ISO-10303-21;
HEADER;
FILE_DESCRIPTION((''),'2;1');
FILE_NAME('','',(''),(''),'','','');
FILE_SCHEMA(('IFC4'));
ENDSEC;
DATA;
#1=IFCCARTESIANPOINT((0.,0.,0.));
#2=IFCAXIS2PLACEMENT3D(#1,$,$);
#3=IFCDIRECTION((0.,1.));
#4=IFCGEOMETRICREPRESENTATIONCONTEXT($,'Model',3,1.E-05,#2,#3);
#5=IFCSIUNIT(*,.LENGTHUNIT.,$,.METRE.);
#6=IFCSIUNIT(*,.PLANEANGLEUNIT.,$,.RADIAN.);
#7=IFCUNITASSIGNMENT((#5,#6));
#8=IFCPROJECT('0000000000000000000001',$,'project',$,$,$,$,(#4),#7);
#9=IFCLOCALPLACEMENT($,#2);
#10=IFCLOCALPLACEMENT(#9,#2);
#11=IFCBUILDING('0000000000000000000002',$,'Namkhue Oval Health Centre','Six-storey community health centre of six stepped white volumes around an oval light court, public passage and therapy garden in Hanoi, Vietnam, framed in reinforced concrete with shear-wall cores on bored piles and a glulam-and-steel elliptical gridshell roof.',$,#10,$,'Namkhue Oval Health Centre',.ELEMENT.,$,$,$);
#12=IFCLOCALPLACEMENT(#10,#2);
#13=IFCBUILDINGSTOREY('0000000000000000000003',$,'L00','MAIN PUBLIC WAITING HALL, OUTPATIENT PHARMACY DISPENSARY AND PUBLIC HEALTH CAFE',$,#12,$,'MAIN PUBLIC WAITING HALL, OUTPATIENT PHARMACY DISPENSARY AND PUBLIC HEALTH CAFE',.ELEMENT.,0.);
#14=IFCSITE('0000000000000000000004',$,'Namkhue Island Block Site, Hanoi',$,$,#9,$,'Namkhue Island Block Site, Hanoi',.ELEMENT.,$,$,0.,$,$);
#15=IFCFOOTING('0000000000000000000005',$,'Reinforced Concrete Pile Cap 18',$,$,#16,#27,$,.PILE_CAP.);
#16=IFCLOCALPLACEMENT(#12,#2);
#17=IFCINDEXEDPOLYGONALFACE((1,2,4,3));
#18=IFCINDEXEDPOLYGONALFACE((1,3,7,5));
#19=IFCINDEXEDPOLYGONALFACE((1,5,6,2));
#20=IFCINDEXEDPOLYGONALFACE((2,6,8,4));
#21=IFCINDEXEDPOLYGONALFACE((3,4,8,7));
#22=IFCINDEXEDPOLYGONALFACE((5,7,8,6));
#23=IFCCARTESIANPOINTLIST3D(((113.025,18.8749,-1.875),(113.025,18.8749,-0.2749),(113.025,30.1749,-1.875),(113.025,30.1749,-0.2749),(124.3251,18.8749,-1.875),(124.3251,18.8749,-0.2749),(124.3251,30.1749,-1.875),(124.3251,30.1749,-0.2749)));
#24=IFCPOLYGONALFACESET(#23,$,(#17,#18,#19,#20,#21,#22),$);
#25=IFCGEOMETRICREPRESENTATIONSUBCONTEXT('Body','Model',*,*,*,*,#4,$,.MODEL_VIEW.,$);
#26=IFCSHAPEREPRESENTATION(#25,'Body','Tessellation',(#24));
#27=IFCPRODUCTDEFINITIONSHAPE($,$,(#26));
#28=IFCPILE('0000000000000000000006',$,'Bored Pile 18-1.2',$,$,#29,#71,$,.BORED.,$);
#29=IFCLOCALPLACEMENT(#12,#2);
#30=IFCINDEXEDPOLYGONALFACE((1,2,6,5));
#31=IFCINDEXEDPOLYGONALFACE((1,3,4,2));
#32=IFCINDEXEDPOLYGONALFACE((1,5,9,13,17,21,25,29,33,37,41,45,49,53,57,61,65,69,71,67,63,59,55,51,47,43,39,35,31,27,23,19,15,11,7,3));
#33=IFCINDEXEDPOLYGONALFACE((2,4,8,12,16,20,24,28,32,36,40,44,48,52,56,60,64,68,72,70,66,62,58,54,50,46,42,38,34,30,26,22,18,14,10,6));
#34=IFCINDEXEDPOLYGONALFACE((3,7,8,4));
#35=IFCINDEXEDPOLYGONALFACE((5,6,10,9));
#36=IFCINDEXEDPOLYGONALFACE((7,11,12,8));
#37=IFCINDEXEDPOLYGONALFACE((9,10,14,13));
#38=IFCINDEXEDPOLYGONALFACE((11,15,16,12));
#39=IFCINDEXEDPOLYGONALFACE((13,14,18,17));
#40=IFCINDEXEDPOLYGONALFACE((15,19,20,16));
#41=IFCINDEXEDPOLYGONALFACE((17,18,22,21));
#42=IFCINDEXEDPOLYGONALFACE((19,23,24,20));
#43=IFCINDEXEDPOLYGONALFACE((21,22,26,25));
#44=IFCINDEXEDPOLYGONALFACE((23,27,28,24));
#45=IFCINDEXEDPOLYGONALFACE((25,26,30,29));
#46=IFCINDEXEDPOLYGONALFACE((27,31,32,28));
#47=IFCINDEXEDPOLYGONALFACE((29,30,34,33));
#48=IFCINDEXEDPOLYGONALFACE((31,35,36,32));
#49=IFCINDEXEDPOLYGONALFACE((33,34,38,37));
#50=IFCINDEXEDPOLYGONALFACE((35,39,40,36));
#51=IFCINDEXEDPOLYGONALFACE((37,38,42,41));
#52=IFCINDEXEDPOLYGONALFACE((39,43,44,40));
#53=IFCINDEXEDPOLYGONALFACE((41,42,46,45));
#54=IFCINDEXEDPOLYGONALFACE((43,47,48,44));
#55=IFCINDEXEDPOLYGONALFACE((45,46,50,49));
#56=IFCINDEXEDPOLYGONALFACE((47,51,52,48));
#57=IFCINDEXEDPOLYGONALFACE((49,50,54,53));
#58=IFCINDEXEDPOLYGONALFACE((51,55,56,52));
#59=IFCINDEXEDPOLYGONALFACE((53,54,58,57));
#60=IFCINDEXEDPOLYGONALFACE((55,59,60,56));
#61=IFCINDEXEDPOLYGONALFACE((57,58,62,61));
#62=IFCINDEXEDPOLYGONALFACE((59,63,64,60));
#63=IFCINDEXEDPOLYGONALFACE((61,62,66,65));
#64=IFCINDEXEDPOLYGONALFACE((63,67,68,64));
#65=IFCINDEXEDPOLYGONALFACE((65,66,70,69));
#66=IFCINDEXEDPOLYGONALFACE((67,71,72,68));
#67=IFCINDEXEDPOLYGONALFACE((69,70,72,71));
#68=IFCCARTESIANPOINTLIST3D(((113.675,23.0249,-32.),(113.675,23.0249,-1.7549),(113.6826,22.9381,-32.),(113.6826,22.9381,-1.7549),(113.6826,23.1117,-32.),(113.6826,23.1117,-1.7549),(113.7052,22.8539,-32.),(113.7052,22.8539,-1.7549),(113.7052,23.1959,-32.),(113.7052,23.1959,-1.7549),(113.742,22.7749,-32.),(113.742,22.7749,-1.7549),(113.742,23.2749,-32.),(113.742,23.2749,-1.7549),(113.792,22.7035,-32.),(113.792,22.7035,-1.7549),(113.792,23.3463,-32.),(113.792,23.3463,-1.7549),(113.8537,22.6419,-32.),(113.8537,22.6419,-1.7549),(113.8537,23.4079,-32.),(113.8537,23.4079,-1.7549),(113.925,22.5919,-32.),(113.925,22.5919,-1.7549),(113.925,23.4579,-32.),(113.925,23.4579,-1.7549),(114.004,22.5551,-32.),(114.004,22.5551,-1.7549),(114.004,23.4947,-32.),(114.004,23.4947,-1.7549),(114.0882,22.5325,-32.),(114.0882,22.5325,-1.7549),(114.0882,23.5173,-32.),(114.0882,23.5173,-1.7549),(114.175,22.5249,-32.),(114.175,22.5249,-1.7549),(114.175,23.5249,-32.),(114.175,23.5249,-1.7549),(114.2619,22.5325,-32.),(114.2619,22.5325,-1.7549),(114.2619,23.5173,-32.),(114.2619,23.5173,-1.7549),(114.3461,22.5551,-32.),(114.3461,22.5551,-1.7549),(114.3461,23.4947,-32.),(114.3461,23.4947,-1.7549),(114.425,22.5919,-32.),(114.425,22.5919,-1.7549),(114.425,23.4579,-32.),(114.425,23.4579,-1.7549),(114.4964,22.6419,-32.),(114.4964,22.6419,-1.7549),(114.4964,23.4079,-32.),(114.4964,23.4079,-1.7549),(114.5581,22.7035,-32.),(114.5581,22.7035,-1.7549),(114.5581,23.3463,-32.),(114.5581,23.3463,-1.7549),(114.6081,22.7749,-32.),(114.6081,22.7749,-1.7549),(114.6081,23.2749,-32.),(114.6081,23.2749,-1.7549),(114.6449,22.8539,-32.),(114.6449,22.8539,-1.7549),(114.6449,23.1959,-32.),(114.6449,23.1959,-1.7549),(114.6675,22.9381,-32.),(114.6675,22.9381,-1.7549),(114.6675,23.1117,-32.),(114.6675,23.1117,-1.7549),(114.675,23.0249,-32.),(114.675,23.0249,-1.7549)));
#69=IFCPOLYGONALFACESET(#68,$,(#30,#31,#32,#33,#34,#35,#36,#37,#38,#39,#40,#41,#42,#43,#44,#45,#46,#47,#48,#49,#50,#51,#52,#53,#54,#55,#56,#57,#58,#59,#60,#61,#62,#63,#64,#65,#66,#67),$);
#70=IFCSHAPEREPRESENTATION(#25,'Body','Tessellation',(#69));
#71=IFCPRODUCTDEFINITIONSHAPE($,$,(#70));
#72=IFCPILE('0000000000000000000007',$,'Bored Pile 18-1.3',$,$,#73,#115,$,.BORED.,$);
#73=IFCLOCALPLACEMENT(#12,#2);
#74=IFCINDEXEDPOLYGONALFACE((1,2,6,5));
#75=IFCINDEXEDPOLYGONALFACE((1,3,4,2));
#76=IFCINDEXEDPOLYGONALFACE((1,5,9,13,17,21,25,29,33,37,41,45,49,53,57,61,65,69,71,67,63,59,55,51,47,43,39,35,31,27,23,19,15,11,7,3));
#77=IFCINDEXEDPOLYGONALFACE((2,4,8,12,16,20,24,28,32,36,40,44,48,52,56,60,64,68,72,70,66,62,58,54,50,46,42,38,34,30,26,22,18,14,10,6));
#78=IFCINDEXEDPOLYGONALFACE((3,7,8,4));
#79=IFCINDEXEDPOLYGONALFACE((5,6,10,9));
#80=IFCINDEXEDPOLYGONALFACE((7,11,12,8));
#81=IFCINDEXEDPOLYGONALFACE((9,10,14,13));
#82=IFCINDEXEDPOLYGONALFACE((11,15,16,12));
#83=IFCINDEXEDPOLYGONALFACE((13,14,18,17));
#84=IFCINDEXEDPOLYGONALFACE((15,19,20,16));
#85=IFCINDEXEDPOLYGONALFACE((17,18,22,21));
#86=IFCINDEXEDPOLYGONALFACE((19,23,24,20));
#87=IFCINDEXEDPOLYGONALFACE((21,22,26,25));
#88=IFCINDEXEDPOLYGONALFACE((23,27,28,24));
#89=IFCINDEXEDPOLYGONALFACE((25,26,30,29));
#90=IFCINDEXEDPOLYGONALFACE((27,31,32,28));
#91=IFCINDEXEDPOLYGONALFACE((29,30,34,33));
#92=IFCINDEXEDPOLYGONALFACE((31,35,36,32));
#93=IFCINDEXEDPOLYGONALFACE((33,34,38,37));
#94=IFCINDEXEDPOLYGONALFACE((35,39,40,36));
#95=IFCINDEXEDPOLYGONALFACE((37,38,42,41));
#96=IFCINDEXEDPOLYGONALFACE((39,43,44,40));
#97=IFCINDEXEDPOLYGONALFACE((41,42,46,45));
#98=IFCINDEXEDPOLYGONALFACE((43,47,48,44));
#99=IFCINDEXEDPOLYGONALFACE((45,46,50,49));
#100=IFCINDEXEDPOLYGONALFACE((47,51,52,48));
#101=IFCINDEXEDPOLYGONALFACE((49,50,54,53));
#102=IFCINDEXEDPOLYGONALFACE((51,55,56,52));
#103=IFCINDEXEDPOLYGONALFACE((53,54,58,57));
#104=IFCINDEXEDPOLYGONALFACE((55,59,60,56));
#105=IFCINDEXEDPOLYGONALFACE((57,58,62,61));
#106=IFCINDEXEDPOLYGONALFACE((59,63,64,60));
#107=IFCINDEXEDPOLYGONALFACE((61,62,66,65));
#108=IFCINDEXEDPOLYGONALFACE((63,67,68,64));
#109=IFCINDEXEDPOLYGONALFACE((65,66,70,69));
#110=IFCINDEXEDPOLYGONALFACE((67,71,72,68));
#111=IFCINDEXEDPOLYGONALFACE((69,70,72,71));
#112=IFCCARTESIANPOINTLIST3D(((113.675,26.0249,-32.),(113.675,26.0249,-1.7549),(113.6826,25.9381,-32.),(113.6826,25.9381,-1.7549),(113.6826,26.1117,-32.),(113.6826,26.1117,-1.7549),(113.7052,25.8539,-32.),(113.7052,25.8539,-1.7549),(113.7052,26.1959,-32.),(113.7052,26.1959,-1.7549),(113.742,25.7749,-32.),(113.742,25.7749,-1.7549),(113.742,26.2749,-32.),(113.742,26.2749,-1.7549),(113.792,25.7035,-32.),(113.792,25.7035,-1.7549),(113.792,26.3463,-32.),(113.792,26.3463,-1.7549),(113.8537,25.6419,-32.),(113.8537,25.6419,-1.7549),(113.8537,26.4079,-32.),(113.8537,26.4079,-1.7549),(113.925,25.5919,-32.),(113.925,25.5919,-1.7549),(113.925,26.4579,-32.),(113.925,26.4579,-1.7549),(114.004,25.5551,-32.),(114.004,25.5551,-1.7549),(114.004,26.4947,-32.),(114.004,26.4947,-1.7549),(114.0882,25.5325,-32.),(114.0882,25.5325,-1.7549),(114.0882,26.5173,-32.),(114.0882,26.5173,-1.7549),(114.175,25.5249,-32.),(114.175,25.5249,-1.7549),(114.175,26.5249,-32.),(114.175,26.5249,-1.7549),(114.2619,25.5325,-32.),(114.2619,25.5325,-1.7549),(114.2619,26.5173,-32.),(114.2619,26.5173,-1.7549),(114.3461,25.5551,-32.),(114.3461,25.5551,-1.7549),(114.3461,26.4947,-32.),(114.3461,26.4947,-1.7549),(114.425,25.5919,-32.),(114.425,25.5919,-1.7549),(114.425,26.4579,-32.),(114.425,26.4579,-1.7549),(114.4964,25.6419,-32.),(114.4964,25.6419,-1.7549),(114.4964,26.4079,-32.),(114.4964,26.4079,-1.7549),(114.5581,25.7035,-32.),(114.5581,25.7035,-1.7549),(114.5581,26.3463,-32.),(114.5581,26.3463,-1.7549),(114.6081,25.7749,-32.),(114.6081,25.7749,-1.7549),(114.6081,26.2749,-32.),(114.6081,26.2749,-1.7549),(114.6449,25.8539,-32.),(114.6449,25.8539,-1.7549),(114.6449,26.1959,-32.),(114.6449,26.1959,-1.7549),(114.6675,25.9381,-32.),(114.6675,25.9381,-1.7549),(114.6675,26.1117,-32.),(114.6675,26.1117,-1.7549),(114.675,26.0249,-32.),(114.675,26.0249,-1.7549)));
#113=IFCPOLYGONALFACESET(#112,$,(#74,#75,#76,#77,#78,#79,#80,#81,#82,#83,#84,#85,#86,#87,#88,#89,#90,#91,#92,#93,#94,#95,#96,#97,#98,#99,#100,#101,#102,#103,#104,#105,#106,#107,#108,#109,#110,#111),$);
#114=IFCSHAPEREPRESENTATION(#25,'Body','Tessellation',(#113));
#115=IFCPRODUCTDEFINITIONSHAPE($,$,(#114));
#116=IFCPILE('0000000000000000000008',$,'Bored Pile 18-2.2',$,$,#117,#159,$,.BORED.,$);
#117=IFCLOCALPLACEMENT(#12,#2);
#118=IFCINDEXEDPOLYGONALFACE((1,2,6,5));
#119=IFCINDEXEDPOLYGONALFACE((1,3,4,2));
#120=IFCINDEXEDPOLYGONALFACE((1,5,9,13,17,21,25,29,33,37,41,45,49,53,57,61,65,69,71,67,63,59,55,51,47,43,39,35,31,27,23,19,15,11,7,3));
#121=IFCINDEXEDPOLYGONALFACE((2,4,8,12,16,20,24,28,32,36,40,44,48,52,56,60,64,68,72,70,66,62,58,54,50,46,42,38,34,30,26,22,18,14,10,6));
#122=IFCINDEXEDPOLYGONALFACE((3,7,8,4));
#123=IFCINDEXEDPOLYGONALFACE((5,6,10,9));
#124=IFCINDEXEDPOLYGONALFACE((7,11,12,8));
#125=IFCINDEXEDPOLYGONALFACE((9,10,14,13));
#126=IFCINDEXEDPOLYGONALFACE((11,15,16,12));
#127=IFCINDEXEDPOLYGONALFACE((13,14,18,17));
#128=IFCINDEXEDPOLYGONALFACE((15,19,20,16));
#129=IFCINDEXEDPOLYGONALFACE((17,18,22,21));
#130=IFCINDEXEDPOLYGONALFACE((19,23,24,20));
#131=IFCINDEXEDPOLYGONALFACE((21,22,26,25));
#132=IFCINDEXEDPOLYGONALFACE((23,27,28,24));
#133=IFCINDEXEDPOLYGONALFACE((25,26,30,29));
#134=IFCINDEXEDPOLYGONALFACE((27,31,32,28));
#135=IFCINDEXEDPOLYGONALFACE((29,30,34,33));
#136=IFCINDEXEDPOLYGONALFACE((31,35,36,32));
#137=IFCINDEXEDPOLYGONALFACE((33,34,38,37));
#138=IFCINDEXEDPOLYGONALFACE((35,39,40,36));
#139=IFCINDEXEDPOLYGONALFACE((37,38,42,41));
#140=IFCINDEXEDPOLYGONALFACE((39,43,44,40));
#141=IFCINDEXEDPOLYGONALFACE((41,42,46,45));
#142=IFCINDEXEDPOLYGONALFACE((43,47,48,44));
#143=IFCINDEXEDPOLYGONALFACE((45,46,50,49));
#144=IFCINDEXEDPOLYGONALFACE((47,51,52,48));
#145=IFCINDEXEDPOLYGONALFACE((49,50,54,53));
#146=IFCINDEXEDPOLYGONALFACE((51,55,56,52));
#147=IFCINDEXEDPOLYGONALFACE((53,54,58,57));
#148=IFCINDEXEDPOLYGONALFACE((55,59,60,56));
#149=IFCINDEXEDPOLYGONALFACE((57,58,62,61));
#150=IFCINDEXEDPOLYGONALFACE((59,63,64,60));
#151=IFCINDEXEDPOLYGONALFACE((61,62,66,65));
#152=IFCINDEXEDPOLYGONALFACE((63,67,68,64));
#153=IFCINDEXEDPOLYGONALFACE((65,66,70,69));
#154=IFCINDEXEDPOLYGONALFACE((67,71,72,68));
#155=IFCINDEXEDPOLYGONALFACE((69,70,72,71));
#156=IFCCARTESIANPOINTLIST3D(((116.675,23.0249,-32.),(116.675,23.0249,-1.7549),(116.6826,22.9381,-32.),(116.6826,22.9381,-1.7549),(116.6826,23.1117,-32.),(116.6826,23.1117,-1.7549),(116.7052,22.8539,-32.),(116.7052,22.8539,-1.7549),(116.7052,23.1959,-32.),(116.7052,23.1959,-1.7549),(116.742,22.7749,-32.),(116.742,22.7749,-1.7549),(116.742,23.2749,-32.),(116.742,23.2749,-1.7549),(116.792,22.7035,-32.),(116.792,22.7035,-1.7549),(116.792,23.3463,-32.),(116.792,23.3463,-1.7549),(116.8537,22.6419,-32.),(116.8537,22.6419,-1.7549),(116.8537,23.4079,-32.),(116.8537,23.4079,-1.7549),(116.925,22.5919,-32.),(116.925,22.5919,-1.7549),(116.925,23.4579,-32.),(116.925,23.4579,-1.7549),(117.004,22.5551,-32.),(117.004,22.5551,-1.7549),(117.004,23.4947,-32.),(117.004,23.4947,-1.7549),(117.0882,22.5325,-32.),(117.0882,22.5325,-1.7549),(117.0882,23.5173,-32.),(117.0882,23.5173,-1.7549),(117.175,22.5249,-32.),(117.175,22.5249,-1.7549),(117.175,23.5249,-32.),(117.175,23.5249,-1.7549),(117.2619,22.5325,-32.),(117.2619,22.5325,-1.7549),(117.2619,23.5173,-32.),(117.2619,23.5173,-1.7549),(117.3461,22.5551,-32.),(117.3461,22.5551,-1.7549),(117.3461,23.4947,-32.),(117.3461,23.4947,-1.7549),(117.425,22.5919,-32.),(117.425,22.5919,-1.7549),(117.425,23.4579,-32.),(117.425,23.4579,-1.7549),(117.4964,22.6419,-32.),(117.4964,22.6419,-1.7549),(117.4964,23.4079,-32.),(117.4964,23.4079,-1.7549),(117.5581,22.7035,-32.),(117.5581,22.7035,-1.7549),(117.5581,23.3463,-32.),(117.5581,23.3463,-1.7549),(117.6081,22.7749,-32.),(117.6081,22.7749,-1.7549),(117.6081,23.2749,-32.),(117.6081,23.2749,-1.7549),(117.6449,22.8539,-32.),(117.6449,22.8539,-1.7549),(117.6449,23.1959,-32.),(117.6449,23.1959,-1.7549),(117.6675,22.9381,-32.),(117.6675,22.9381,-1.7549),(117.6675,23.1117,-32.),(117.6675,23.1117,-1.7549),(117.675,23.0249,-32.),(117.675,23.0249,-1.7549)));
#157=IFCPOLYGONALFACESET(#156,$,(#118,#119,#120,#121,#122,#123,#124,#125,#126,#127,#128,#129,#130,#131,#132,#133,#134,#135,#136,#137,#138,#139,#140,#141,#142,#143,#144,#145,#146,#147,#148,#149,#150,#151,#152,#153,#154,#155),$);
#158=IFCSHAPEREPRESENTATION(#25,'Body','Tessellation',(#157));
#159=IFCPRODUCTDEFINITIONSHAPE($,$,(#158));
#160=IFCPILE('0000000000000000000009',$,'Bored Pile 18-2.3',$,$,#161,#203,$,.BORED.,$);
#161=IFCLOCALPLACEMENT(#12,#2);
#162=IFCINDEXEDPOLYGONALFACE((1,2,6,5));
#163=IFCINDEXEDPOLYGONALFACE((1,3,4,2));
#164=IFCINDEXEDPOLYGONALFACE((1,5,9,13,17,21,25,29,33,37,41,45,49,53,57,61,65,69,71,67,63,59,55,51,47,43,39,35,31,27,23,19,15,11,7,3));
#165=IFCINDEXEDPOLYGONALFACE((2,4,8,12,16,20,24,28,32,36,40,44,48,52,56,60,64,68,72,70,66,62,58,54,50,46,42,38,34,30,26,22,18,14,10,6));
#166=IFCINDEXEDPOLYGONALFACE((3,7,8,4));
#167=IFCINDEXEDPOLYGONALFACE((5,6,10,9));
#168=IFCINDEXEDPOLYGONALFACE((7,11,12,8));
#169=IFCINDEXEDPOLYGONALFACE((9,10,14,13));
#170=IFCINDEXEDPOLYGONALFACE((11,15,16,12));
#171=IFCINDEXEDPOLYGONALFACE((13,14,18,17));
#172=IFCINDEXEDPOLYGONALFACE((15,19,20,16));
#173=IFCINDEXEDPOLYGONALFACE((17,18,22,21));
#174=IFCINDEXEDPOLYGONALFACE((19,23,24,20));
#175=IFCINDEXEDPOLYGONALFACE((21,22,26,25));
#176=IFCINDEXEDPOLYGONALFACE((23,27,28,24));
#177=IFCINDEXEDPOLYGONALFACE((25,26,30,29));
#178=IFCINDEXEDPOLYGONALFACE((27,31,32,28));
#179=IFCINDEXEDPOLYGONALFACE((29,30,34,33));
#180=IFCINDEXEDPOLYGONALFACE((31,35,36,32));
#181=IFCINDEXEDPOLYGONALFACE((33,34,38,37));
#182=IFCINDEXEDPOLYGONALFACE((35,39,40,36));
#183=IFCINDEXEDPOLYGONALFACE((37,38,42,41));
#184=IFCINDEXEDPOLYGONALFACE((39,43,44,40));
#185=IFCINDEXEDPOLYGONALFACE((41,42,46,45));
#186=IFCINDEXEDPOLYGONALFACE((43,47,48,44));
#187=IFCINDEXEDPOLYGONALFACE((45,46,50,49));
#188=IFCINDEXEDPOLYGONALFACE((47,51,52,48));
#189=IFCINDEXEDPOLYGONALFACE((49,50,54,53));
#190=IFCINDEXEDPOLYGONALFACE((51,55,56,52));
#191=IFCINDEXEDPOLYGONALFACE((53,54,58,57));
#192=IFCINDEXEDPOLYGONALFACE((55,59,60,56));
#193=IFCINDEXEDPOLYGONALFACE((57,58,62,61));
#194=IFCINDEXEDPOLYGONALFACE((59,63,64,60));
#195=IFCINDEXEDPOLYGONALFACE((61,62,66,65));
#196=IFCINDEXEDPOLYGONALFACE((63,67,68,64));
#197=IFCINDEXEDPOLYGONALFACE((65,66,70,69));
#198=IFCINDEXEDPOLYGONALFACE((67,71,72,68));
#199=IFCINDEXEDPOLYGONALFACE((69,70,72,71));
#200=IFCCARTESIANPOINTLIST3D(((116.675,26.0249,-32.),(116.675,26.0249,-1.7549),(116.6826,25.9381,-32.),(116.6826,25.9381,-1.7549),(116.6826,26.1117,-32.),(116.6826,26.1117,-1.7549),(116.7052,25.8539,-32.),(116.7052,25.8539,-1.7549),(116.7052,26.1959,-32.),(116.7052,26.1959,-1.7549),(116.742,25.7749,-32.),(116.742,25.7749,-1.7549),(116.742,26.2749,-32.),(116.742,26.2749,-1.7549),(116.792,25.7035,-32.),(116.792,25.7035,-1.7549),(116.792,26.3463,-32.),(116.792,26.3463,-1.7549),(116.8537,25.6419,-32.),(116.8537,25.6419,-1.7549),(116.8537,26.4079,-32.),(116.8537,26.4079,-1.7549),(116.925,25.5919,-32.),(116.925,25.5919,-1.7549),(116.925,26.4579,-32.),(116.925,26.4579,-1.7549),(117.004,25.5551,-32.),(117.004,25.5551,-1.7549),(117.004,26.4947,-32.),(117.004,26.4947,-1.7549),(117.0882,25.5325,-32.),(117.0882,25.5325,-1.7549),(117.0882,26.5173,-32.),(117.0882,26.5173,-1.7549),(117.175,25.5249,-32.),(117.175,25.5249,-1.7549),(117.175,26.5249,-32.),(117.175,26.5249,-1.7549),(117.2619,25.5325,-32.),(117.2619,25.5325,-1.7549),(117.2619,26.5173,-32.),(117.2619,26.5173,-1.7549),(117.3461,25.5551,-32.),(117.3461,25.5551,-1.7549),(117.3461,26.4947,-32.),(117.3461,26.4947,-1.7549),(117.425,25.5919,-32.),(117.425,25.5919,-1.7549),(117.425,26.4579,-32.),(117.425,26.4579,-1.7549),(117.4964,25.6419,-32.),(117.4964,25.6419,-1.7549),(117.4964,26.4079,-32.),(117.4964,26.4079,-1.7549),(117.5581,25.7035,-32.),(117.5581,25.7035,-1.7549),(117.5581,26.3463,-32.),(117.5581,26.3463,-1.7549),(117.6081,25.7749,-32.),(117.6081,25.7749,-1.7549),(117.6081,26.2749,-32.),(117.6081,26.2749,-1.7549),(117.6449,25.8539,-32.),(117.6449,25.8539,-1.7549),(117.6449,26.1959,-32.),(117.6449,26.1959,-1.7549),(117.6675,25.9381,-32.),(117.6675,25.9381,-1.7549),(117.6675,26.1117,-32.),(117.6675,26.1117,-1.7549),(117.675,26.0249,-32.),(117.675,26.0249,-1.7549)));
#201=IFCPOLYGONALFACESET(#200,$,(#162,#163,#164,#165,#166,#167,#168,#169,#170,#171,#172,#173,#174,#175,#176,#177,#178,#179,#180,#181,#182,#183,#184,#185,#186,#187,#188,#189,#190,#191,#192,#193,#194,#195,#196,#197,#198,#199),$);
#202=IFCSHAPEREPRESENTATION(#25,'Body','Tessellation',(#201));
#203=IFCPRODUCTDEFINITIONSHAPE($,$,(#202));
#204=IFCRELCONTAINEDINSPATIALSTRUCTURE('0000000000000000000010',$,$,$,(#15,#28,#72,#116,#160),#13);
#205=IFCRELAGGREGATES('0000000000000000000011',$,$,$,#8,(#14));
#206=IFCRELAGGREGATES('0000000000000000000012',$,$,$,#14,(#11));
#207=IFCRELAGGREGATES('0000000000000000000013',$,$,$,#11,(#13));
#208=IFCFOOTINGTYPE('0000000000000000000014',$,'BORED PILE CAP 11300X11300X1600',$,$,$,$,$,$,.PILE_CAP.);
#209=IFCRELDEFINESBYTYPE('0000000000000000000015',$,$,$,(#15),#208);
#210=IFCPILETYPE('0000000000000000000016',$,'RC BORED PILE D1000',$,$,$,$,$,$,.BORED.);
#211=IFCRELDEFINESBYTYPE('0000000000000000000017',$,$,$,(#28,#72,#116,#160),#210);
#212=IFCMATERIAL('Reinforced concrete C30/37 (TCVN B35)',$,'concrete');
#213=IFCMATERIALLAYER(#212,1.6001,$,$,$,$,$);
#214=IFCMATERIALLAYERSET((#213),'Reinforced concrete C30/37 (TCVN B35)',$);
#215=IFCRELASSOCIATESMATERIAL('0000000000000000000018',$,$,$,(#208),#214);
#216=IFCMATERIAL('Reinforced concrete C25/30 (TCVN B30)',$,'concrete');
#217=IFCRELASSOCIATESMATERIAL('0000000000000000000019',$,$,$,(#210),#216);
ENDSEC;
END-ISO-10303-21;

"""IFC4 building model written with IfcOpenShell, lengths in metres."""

from ifc_helpers import new_model, si_unit, direction, frame, origin, origin_2d, place, context, subcontext, project, spatial, rectangle, circle, extrude, material, layer, layer_set, material_profile, profile_set, type_object, element, save


model = new_model("IFC4")

# Units and contexts
model_context = context("Model", 3, precision=1e-05, world=origin(), true_north=direction((0.0, 1.0)))
body_context = subcontext(model_context, "Body", "Model", "MODEL_VIEW")
ifc_project = project(units=[si_unit("LENGTHUNIT", "METRE"), si_unit("PLANEANGLEUNIT", "RADIAN")], contexts=[model_context])

# Site, building, storey
site_placement = place(None, origin())
site = spatial("IfcSite", under=ifc_project, at=site_placement, Name="Namkhue Island Block Site, Hanoi", LongName="Namkhue Island Block Site, Hanoi", CompositionType="ELEMENT", RefElevation=0.0)
building_placement = place(site_placement, origin())
building = spatial("IfcBuilding", under=site, at=building_placement, Name="Namkhue Oval Health Centre", Description="Six-storey community health centre of six stepped white volumes around an oval light court, public passage and therapy garden in Hanoi, Vietnam, framed in reinforced concrete with shear-wall cores on bored piles and a glulam-and-steel elliptical gridshell roof.", LongName="Namkhue Oval Health Centre", CompositionType="ELEMENT")
storey_placement = place(building_placement, origin())
storey = spatial("IfcBuildingStorey", under=building, at=storey_placement, Name="L00", Description="MAIN PUBLIC WAITING HALL, OUTPATIENT PHARMACY DISPENSARY AND PUBLIC HEALTH CAFE", LongName="MAIN PUBLIC WAITING HALL, OUTPATIENT PHARMACY DISPENSARY AND PUBLIC HEALTH CAFE", CompositionType="ELEMENT", Elevation=0.0)

# Footing
ifc_material_1 = material(Name="Reinforced concrete C30/37 (TCVN B35)", Category="concrete")
ifc_layer_1 = layer(ifc_material_1, 1.6001)
ifc_layer_set_1 = layer_set([ifc_layer_1], Name="Reinforced concrete C30/37 (TCVN B35)")
footing_type = type_object("IfcFootingType", Name="BORED PILE CAP 11300X11300X1600", PredefinedType="PILE_CAP", material=ifc_layer_set_1)
footing_placement = place(storey_placement, frame((118.675, 24.5249, -1.875), z_axis=(0.0, 0.0, 1.0), x_axis=(1.0, 0.0, 0.0)))
element("IfcFooting", 1, at=footing_placement, inside=storey, type_object=footing_type, Name="Reinforced Concrete Pile Cap 18", PredefinedType="PILE_CAP", context=body_context, shape_type="SweptSolid", body=[
    extrude(rectangle(XDim=11.3, YDim=11.3, at=origin_2d()), origin(), (0.0, 0.0, 1.0), 1.6001),
])

# Piles
ifc_material_2 = material(Name="Reinforced concrete C25/30 (TCVN B30)", Category="concrete")
ifc_material_profile_1 = material_profile(ifc_material_2, circle(Radius=0.5, at=origin_2d()), Name="BORED PILE D1000")
ifc_profile_set_1 = profile_set([ifc_material_profile_1], Name="Reinforced concrete C25/30 (TCVN B30)")
pile_type = type_object("IfcPileType", Name="RC BORED PILE D1000", PredefinedType="BORED", material=ifc_profile_set_1)
for number, where, z_axis, x_axis, name in (
    (2, (114.175, 23.0249, -1.7549), (0.0, 0.0, -1.0), (1.0, 0.0, 0.0), "Bored Pile 18-1.2"),
    (3, (114.175, 26.0249, -1.7549), (0.0, 0.0, -1.0), (1.0, 0.0, 0.0), "Bored Pile 18-1.3"),
    (4, (117.175, 23.0249, -1.7549), (0.0, 0.0, -1.0), (1.0, 0.0, 0.0), "Bored Pile 18-2.2"),
    (5, (117.175, 26.0249, -1.7549), (0.0, 0.0, -1.0), (1.0, 0.0, 0.0), "Bored Pile 18-2.3"),
):
    element("IfcPile", number, at=place(storey_placement, frame(where, z_axis=z_axis, x_axis=x_axis)), inside=storey, type_object=pile_type, Name=name, PredefinedType="BORED", context=body_context, shape_type="SweptSolid", body=[
        extrude(circle(Radius=0.5, at=origin_2d()), origin(), (0.0, 0.0, 1.0), 30.2451),
    ])

save(model, "model.ifc")
